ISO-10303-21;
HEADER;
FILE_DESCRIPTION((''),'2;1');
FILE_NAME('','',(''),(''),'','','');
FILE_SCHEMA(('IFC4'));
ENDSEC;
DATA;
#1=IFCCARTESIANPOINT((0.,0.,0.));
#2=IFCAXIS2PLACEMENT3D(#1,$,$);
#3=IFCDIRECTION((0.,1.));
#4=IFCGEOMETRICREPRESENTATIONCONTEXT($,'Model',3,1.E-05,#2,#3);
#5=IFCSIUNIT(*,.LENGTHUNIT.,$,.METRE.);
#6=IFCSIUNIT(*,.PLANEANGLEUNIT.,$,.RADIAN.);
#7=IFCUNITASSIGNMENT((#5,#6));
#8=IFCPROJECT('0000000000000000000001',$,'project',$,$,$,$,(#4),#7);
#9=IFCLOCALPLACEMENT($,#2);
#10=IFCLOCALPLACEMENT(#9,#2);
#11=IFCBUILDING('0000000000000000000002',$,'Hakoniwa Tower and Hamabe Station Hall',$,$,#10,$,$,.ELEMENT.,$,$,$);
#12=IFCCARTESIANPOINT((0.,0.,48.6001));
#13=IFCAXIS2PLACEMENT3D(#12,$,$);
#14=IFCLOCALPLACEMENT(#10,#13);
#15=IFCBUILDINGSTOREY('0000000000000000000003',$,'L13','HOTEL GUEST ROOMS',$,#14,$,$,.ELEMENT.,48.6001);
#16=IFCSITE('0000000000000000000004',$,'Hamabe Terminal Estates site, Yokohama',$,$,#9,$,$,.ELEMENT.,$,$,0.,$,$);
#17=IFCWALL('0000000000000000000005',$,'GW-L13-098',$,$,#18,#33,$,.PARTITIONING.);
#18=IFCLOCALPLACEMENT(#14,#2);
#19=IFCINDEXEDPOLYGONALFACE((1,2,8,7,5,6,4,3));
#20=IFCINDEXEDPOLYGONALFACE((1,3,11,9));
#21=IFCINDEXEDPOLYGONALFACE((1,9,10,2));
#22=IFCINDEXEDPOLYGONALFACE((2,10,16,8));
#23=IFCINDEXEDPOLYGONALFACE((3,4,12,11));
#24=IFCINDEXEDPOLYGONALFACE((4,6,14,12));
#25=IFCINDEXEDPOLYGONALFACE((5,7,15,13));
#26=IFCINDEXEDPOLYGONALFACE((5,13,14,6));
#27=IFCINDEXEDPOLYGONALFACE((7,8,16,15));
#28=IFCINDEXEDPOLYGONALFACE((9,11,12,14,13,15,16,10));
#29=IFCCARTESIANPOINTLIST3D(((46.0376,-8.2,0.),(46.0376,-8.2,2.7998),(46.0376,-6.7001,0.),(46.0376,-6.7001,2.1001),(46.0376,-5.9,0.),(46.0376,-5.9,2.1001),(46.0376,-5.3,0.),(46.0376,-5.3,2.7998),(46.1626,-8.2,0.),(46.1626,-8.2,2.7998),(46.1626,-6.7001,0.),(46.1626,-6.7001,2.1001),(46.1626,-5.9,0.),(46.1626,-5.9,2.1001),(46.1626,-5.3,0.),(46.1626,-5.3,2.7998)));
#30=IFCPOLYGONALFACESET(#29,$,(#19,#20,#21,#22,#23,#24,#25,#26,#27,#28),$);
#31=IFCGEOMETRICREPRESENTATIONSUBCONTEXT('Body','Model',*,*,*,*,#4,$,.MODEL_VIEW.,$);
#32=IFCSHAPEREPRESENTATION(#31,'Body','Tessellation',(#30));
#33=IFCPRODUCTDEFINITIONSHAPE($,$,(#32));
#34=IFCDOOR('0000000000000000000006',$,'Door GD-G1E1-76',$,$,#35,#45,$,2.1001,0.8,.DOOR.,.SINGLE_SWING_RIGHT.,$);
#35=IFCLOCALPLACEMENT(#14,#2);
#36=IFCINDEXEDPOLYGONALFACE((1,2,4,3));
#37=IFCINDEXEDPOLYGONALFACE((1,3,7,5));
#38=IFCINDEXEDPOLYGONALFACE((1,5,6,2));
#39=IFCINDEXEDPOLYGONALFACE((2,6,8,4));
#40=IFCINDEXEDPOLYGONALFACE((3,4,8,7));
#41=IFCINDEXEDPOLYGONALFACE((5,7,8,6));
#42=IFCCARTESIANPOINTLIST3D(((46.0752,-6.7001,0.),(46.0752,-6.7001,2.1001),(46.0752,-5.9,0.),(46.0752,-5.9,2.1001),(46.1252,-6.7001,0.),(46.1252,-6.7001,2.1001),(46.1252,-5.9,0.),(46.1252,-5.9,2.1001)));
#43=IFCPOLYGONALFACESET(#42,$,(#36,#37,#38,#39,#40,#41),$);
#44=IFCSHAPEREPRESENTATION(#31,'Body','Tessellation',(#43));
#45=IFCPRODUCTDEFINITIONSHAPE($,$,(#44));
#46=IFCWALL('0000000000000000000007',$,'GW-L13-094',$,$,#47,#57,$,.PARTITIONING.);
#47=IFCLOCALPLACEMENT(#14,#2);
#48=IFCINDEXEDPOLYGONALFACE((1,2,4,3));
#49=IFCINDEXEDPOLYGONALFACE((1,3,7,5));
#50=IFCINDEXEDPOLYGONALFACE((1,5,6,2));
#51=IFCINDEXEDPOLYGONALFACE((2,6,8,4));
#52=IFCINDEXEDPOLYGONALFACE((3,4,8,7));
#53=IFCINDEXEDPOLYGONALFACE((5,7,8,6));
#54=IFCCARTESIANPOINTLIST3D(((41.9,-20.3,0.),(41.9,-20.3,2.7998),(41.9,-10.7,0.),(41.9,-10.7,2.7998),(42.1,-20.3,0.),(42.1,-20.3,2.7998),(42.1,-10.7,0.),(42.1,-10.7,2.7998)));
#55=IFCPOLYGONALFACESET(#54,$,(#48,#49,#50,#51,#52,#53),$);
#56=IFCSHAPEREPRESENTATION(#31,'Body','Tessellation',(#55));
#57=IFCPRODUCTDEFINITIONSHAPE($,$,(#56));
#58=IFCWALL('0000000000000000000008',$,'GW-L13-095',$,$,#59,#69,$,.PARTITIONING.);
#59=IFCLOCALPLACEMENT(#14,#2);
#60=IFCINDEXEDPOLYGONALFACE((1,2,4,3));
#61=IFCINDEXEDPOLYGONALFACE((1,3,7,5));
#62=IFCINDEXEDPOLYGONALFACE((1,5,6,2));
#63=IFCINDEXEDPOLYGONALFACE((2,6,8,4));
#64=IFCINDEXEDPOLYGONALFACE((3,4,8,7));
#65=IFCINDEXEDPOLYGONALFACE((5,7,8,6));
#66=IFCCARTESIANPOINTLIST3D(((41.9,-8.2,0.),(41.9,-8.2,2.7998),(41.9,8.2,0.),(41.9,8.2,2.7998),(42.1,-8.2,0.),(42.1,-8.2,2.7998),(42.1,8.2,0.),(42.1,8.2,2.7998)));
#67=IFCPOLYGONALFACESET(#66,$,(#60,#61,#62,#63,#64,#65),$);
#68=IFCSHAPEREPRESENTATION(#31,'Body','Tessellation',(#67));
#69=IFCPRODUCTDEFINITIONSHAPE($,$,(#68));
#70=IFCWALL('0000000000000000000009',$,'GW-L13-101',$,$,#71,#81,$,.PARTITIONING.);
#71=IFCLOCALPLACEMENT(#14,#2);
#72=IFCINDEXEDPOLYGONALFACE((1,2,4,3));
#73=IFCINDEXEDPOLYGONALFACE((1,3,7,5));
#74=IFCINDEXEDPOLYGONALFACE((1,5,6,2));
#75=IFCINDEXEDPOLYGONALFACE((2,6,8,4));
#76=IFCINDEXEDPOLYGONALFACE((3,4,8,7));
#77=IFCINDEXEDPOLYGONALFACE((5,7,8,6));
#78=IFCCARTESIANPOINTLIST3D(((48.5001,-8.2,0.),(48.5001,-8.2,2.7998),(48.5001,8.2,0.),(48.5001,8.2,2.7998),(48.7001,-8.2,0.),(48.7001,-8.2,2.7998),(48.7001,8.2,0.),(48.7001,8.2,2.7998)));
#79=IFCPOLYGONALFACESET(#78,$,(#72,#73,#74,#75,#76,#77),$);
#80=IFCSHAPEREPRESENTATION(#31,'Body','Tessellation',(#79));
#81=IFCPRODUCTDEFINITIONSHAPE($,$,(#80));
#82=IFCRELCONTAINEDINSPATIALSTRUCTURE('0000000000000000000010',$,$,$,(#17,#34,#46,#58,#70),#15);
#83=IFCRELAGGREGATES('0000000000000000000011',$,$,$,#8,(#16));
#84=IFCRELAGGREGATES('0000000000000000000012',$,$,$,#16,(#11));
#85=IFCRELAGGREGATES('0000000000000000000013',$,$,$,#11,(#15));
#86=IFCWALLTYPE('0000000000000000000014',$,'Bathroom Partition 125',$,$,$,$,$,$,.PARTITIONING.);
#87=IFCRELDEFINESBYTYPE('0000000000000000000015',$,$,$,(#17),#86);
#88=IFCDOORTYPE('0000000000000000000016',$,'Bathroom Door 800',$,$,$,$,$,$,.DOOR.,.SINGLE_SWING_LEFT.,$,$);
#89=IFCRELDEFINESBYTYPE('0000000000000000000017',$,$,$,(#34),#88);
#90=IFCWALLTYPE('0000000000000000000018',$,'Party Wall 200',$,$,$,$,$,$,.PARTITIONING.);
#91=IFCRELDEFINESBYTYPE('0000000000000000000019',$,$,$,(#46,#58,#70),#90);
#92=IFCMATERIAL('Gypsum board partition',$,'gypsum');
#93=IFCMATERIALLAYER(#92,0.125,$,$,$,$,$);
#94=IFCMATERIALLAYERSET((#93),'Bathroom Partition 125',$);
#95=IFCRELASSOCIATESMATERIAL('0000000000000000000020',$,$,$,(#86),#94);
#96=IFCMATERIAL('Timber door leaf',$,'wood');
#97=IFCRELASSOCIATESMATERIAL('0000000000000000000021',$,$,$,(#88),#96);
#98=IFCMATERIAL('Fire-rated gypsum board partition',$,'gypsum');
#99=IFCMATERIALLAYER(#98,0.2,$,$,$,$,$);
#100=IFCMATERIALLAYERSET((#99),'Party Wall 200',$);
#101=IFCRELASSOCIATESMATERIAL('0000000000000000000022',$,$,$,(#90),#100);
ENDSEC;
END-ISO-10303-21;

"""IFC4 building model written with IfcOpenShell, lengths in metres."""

from ifc_helpers import new_model, si_unit, direction, frame, frame_2d, origin, place, context, subcontext, project, spatial, rectangle, extrude, material, layer, layer_set, type_object, element, fill, save


model = new_model("IFC4")

# Units and contexts
model_context = context("Model", 3, precision=1e-05, world=origin(), true_north=direction((0.0, 1.0)))
body_context = subcontext(model_context, "Body", "Model", "MODEL_VIEW")
ifc_project = project(units=[si_unit("LENGTHUNIT", "METRE"), si_unit("PLANEANGLEUNIT", "RADIAN")], contexts=[model_context])

# Site, building, storey
site_placement = place(None, origin())
site = spatial("IfcSite", under=ifc_project, at=site_placement, Name="Hamabe Terminal Estates site, Yokohama", CompositionType="ELEMENT", RefElevation=0.0)
building_placement = place(site_placement, origin())
building = spatial("IfcBuilding", under=site, at=building_placement, Name="Hakoniwa Tower and Hamabe Station Hall", CompositionType="ELEMENT")
storey_placement = place(building_placement, frame((0.0, 0.0, 48.6001)))
storey = spatial("IfcBuildingStorey", under=building, at=storey_placement, Name="L13", Description="HOTEL GUEST ROOMS", CompositionType="ELEMENT", Elevation=48.6001)

# Shared definitions
ifc_material_1 = material(Name="Gypsum board partition", Category="gypsum")
ifc_layer_1 = layer(ifc_material_1, 0.125)
ifc_layer_set_1 = layer_set([ifc_layer_1], Name="Bathroom Partition 125")
wall_type_1 = type_object("IfcWallType", Name="Bathroom Partition 125", PredefinedType="PARTITIONING", material=ifc_layer_set_1)

# Wall, opening, door
wall_1_placement = place(storey_placement, frame((46.1001, -8.2, 0.0), z_axis=(0.0, 0.0, 1.0), x_axis=(0.0, 1.0, 0.0)))
wall_1 = element("IfcWall", 1, at=wall_1_placement, inside=storey, type_object=wall_type_1, Name="GW-L13-098", PredefinedType="PARTITIONING", context=body_context, shape_type="SweptSolid", body=[
    extrude(rectangle(XDim=2.8999, YDim=0.125, at=frame_2d((1.45, 0.0))), origin(), (0.0, 0.0, 1.0), 2.7998),
])
opening_placement = place(wall_1_placement, frame((1.5, 0.0, 0.0)))
opening = element("IfcOpeningElement", 2, at=opening_placement, cuts=wall_1, PredefinedType="OPENING", context=body_context, shape_type="SweptSolid", body=[
    extrude(rectangle(XDim=0.8, YDim=2.1001, at=frame_2d((0.3999, 1.05))), frame((0.0, 0.0725, 0.0), z_axis=(0.0, -1.0, 0.0), x_axis=(1.0, 0.0, 0.0)), (0.0, 0.0, 1.0), 0.145),
])
ifc_material_2 = material(Name="Timber door leaf", Category="wood")
door_type = type_object("IfcDoorType", Name="Bathroom Door 800", OperationType="SINGLE_SWING_LEFT", PredefinedType="DOOR", material=ifc_material_2)
door_placement = place(opening_placement, origin())
door = element("IfcDoor", 3, at=door_placement, inside=storey, type_object=door_type, Name="Door GD-G1E1-76", OperationType="SINGLE_SWING_RIGHT", OverallHeight=2.1001, OverallWidth=0.8, PredefinedType="DOOR", context=body_context, shape_type="SweptSolid", body=[
    extrude(rectangle(XDim=0.8, YDim=2.1001, at=frame_2d((0.3999, 1.05))), frame((0.0, 0.0249, 0.0), z_axis=(0.0, -1.0, 0.0), x_axis=(1.0, 0.0, 0.0)), (0.0, 0.0, 1.0), 0.05),
])
fill(opening, door)

# Walls
ifc_material_3 = material(Name="Fire-rated gypsum board partition", Category="gypsum")
ifc_layer_2 = layer(ifc_material_3, 0.2)
ifc_layer_set_2 = layer_set([ifc_layer_2], Name="Party Wall 200")
wall_type_2 = type_object("IfcWallType", Name="Party Wall 200", PredefinedType="PARTITIONING", material=ifc_layer_set_2)
wall_2_placement = place(storey_placement, frame((42.0, -20.3, 0.0), z_axis=(0.0, 0.0, 1.0), x_axis=(0.0, 1.0, 0.0)))
element("IfcWall", 4, at=wall_2_placement, inside=storey, type_object=wall_type_2, Name="GW-L13-094", PredefinedType="PARTITIONING", context=body_context, shape_type="SweptSolid", body=[
    extrude(rectangle(XDim=9.6001, YDim=0.2, at=frame_2d((4.8, 0.0))), origin(), (0.0, 0.0, 1.0), 2.7998),
])
for number, where, z_axis, x_axis, name in (
    (5, (42.0, -8.2, 0.0), (0.0, 0.0, 1.0), (0.0, 1.0, 0.0), "GW-L13-095"),
    (6, (48.6001, -8.2, 0.0), (0.0, 0.0, 1.0), (0.0, 1.0, 0.0), "GW-L13-101"),
):
    element("IfcWall", number, at=place(storey_placement, frame(where, z_axis=z_axis, x_axis=x_axis)), inside=storey, type_object=wall_type_2, Name=name, PredefinedType="PARTITIONING", context=body_context, shape_type="SweptSolid", body=[
        extrude(rectangle(XDim=16.3999, YDim=0.2, at=frame_2d((8.2, 0.0))), origin(), (0.0, 0.0, 1.0), 2.7998),
    ])

save(model, "model.ifc")
